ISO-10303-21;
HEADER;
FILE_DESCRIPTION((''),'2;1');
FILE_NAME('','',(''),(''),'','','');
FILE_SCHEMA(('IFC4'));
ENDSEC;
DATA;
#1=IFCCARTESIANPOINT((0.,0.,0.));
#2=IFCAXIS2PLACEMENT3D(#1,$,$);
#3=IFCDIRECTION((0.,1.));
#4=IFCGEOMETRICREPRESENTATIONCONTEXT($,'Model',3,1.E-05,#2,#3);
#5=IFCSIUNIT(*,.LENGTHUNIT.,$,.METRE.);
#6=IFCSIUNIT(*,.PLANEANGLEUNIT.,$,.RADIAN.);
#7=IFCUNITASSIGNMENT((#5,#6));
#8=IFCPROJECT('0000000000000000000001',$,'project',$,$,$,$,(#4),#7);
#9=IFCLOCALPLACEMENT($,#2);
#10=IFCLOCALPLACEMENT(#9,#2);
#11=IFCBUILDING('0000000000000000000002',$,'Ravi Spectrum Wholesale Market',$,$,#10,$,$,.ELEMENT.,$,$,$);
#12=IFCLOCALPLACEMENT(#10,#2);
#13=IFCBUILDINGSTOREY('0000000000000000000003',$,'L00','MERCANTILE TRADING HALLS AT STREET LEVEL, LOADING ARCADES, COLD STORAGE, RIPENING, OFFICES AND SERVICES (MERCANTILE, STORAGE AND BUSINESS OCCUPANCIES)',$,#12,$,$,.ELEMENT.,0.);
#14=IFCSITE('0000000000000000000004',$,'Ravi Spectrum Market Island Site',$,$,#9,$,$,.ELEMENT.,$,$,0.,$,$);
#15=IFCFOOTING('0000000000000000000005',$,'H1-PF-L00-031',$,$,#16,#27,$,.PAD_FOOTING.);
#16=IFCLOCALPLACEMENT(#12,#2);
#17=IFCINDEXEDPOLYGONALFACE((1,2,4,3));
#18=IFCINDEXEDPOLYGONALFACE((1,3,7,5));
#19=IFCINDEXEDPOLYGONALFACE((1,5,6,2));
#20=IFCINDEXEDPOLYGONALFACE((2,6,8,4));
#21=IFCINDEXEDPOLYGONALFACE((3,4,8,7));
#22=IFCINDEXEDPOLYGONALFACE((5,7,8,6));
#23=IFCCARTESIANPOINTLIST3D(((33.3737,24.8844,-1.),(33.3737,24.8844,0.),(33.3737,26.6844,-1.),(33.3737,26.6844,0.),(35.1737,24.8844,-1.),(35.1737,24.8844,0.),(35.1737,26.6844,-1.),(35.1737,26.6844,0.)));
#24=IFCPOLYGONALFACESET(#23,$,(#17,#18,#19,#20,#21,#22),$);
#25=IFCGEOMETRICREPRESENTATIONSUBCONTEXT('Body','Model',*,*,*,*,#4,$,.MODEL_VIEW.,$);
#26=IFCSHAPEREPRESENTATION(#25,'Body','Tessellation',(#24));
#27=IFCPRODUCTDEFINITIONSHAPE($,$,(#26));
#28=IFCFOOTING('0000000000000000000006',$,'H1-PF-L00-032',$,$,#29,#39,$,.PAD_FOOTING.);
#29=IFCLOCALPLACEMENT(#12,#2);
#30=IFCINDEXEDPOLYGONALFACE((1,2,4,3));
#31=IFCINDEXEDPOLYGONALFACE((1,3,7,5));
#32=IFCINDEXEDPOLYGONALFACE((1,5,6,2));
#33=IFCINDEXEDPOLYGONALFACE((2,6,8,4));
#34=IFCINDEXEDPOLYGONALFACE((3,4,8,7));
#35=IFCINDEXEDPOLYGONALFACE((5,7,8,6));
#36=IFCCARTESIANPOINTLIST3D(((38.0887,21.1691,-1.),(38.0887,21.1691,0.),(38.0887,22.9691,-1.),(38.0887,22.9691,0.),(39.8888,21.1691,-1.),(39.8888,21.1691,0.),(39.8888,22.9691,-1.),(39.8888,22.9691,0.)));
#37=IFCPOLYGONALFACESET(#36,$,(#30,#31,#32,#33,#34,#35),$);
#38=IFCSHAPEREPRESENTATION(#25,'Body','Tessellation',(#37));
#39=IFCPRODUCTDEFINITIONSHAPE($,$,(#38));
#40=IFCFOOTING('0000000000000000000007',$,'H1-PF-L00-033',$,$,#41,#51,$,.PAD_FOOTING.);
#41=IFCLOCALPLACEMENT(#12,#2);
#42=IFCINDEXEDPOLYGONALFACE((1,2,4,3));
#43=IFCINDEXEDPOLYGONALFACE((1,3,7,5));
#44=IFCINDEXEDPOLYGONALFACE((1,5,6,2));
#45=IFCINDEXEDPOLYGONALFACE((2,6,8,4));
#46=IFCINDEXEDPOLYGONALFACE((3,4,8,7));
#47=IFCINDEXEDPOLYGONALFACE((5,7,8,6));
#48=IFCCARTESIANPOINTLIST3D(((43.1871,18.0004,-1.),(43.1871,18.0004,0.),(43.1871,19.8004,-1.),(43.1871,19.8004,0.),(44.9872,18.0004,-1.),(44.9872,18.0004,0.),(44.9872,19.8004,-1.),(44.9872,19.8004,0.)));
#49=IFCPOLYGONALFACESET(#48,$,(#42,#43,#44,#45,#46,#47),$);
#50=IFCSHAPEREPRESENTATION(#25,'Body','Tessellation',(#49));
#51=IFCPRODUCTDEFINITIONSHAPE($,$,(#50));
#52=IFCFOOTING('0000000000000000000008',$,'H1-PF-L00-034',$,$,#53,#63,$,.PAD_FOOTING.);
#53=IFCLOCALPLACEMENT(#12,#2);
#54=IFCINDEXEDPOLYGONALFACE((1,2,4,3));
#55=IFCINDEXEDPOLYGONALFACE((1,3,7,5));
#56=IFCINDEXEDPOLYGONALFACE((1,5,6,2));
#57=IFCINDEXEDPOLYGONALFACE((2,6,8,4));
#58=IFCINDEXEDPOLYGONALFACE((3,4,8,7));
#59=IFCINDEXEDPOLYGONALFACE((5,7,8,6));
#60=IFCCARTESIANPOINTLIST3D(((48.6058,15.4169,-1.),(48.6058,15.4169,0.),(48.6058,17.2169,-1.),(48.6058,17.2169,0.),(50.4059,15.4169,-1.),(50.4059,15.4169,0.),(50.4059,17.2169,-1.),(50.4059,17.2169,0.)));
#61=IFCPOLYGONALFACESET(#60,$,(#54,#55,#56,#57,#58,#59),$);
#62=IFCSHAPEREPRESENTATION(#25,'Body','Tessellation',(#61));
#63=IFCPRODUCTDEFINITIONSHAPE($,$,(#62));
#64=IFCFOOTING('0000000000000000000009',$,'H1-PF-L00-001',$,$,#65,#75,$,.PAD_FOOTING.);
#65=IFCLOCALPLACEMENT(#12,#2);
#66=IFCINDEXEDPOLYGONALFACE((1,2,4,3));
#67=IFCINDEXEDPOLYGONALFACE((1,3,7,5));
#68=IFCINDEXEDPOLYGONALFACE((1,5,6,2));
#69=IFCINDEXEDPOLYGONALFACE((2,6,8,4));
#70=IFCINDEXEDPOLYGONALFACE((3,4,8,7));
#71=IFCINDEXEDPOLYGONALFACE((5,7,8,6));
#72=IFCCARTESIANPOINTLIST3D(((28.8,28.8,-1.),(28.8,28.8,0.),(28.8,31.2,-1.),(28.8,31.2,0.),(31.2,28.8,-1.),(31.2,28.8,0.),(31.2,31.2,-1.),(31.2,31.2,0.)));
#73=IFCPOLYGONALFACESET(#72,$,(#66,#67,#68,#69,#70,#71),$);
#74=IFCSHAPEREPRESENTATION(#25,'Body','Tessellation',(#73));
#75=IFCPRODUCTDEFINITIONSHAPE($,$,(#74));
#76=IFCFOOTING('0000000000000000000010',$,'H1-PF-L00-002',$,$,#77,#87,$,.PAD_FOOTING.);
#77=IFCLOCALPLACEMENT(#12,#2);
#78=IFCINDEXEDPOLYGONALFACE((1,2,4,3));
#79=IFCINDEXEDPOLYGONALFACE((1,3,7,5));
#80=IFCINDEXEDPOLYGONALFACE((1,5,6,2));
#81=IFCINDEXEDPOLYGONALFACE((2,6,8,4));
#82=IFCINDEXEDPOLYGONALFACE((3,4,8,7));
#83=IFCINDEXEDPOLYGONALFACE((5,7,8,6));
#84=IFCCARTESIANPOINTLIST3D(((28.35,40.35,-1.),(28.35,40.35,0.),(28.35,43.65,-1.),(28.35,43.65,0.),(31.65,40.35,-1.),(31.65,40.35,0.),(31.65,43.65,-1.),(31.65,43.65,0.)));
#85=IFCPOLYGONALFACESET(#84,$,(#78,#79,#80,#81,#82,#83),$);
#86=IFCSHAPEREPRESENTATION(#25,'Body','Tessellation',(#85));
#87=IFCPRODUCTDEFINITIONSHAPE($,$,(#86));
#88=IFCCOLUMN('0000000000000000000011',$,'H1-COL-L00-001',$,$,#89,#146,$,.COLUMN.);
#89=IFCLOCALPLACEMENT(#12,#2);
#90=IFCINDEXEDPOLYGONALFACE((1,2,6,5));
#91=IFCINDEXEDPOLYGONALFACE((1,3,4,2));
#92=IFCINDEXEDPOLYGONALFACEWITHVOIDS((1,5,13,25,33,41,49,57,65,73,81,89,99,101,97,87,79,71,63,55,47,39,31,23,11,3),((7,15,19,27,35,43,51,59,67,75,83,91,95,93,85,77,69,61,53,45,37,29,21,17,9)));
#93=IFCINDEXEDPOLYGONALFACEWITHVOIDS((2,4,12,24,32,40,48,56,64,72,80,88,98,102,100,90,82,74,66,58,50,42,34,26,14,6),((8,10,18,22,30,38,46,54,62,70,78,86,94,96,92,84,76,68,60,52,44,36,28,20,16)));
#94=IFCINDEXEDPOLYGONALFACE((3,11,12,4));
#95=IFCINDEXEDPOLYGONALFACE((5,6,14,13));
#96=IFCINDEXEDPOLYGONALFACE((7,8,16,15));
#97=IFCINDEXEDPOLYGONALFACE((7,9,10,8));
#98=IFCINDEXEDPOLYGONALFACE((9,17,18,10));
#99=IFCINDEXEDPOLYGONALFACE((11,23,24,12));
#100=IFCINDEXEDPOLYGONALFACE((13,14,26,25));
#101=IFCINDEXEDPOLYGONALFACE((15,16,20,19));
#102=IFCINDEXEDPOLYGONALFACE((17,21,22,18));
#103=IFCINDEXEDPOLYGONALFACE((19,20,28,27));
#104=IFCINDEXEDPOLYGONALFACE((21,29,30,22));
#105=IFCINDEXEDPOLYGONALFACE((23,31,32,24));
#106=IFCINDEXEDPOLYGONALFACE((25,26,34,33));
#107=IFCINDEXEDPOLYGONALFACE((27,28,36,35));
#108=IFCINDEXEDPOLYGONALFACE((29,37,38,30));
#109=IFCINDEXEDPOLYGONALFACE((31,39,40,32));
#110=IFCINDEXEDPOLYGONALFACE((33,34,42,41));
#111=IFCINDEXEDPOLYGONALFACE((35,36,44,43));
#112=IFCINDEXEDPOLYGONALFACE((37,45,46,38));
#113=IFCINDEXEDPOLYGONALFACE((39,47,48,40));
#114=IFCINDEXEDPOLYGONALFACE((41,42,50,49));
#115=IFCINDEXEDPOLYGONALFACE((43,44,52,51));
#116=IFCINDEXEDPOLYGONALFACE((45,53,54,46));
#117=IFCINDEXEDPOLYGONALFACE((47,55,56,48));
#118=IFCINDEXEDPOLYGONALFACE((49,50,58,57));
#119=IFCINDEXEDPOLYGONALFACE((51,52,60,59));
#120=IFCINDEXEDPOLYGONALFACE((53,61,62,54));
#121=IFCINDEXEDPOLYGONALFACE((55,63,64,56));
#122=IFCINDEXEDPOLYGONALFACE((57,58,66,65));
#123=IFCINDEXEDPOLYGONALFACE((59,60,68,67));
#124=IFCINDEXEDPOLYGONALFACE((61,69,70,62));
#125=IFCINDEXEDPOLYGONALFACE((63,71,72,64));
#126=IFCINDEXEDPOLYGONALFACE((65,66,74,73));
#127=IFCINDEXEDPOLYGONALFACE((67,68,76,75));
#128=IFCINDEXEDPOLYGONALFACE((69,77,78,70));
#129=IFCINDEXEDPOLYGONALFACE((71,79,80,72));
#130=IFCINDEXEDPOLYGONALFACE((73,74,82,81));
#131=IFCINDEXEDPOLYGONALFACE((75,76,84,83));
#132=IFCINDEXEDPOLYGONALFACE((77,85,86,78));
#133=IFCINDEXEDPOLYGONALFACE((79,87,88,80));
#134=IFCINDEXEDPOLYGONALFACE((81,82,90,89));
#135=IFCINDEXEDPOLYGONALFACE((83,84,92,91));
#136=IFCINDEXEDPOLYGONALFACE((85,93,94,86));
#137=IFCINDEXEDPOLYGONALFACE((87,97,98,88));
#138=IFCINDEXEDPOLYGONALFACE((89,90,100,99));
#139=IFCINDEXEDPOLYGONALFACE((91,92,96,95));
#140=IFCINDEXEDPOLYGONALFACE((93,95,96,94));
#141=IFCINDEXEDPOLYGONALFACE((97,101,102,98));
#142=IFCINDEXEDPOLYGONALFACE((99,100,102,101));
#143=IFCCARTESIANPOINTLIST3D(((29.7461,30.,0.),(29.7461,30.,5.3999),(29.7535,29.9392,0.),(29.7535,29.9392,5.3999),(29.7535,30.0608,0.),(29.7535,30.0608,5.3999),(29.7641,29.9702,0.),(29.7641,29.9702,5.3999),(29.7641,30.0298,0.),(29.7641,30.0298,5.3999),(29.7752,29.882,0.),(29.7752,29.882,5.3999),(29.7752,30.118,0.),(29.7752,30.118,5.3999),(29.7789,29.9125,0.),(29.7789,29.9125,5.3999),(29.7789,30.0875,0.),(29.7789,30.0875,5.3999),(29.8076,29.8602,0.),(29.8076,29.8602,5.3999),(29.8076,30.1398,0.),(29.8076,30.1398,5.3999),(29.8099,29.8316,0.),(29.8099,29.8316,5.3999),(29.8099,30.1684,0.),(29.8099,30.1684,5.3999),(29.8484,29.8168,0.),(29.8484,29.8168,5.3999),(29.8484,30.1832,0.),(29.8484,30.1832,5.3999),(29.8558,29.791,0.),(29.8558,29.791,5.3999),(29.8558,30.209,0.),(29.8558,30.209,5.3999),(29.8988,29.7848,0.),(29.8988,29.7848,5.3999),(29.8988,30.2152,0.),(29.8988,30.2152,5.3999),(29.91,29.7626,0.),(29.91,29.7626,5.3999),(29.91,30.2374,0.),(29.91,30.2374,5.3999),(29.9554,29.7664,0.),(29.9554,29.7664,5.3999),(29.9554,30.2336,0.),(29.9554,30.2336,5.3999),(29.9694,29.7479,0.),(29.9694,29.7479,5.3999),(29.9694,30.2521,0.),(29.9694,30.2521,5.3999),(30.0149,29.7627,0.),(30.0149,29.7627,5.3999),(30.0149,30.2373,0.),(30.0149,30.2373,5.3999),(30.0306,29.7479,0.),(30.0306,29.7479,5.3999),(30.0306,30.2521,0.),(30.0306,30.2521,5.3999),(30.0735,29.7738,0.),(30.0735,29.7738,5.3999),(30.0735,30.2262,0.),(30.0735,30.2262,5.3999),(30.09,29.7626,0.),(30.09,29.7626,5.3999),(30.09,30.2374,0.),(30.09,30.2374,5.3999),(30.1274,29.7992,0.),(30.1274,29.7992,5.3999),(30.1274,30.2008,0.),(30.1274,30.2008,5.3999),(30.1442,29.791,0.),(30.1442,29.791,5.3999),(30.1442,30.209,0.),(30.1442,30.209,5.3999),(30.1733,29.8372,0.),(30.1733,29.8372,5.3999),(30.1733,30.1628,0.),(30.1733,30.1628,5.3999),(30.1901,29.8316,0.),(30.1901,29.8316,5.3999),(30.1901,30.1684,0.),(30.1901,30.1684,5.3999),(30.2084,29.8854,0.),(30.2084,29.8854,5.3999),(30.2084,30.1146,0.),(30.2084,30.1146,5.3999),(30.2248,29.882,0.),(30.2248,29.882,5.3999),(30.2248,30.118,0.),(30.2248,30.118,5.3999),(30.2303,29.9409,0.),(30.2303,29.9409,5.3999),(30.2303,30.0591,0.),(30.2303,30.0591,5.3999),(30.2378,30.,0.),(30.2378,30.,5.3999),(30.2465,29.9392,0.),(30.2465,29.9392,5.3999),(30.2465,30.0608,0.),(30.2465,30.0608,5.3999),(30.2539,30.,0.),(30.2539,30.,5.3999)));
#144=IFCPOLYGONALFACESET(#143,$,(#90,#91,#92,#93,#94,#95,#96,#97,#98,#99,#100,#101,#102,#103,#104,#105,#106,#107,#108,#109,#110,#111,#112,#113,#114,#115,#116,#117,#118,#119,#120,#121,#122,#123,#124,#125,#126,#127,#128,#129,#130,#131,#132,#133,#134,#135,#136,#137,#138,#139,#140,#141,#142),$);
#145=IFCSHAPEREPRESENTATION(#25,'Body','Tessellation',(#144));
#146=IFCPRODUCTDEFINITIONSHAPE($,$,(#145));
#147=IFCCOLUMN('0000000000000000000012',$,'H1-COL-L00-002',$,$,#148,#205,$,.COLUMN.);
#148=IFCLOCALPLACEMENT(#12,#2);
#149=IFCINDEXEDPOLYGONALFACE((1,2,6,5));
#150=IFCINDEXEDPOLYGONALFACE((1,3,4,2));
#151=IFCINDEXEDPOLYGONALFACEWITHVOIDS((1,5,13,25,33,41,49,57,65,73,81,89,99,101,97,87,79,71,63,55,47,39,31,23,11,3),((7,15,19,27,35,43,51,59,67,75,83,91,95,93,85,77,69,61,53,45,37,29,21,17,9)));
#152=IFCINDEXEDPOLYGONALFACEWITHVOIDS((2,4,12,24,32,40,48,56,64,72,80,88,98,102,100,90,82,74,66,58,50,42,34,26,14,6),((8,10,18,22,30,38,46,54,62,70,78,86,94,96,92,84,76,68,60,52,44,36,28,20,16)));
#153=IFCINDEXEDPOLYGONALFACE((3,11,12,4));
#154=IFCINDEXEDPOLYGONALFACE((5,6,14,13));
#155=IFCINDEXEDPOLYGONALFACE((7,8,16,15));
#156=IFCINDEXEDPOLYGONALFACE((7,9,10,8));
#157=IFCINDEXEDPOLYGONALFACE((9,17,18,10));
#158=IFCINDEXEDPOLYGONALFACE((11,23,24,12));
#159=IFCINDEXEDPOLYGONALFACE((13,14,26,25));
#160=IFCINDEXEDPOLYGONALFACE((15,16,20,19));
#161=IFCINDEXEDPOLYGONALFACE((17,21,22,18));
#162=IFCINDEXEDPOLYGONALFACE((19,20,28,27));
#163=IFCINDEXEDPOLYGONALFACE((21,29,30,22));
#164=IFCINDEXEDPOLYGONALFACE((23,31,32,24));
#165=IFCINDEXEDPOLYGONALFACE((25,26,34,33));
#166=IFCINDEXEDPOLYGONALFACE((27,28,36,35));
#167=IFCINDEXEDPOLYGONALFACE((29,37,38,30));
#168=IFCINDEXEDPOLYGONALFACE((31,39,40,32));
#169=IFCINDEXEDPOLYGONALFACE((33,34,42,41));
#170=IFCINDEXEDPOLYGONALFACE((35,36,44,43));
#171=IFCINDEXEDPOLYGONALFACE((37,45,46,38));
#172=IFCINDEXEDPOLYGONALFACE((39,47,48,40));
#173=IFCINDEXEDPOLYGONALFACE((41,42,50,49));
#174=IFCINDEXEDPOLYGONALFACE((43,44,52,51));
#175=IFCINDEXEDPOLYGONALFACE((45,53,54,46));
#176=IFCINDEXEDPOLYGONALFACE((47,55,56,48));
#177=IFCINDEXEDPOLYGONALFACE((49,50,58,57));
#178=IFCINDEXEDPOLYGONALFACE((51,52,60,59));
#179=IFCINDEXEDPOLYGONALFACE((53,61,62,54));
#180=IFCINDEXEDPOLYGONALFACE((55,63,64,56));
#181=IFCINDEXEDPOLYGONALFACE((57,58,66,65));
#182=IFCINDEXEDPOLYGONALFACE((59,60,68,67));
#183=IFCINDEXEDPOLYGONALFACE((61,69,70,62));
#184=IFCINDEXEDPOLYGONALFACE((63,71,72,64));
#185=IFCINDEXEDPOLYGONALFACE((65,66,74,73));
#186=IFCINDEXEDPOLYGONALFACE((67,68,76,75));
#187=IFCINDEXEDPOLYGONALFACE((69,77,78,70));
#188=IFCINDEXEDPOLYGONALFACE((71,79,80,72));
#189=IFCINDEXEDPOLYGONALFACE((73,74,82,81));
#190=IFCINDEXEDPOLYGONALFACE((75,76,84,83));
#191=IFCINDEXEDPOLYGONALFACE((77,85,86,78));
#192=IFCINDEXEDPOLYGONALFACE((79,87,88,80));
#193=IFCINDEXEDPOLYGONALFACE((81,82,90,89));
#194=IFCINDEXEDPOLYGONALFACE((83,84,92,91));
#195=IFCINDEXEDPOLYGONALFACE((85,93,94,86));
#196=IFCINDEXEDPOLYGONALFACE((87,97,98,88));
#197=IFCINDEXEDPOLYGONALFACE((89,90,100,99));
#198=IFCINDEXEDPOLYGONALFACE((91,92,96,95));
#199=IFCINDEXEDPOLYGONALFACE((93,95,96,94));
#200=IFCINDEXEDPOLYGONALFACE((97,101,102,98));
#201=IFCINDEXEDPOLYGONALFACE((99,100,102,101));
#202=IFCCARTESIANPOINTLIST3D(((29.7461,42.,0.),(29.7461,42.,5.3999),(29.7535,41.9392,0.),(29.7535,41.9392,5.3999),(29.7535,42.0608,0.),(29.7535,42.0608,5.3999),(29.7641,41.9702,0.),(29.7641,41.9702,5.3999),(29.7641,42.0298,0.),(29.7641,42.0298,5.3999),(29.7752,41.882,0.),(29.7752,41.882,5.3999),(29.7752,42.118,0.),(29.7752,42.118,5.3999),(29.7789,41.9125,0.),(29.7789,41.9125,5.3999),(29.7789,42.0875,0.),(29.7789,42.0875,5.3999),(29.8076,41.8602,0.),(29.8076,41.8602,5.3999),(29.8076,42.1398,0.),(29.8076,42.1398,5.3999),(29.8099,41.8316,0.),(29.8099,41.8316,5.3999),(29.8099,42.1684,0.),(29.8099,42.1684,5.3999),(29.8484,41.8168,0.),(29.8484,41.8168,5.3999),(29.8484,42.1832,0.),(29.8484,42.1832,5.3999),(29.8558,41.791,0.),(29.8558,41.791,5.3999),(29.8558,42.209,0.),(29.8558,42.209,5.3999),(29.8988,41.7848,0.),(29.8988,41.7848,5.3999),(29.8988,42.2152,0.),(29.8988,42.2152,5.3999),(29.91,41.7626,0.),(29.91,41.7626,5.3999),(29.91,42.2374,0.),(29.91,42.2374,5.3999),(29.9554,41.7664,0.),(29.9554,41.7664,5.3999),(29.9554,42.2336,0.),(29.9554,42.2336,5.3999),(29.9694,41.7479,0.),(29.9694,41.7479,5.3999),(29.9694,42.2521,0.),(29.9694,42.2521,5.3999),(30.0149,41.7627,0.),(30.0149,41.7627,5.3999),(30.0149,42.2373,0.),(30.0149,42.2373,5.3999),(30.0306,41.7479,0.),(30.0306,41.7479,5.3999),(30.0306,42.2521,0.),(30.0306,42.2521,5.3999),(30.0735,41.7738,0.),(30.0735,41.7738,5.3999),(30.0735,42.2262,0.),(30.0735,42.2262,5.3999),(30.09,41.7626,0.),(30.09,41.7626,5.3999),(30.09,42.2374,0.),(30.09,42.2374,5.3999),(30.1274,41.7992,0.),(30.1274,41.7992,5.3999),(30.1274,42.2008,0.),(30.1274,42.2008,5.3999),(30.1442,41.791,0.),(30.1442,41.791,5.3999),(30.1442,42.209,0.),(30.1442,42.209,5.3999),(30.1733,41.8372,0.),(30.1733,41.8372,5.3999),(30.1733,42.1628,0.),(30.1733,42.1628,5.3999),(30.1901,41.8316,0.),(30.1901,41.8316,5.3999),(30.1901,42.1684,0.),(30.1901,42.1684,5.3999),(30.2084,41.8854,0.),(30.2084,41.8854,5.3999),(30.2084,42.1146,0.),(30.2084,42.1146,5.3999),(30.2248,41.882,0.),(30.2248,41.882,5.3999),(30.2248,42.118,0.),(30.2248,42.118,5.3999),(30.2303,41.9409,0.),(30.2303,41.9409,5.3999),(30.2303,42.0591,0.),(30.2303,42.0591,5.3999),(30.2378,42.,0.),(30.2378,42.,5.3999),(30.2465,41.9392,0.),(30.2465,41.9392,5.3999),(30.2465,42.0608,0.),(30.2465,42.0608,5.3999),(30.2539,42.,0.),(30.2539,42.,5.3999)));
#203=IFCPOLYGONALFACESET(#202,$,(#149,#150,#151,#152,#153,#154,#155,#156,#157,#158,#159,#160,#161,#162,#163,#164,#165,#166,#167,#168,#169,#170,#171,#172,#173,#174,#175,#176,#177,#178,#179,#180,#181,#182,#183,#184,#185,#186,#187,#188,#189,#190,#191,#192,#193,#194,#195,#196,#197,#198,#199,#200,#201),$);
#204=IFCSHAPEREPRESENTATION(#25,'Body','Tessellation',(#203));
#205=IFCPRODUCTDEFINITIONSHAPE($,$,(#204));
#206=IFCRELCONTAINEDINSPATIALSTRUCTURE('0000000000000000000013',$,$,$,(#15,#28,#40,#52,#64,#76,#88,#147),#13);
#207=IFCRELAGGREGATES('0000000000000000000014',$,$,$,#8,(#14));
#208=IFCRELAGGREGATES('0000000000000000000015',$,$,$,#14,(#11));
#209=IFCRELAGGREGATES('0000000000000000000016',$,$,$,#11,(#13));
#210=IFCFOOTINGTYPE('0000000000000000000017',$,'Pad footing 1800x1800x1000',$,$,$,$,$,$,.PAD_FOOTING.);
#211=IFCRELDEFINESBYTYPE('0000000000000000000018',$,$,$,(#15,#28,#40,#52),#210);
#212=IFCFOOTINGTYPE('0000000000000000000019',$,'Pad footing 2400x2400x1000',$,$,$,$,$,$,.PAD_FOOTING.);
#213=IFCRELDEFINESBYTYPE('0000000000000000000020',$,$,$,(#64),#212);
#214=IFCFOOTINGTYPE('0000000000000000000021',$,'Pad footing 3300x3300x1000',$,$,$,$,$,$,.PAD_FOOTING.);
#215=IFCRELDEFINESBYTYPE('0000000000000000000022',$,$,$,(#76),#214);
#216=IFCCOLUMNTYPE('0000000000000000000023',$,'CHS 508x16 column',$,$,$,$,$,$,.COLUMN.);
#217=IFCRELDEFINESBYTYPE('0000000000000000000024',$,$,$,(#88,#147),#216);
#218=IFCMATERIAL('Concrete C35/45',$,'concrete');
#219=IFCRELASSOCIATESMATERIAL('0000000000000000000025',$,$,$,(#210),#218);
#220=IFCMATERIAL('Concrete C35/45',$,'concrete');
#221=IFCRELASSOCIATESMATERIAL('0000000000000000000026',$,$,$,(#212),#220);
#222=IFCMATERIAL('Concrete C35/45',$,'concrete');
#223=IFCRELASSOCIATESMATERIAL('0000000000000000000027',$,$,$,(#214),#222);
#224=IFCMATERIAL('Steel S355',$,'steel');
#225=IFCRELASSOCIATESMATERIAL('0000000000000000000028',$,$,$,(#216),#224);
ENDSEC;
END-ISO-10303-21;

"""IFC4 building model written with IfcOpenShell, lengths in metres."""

from ifc_helpers import new_model, si_unit, direction, frame, origin, origin_2d, place, context, subcontext, project, spatial, rectangle, hollow_circle, extrude, material, material_profile, profile_set, type_object, element, save


model = new_model("IFC4")

# Units and contexts
model_context = context("Model", 3, precision=1e-05, world=origin(), true_north=direction((0.0, 1.0)))
body_context = subcontext(model_context, "Body", "Model", "MODEL_VIEW")
ifc_project = project(units=[si_unit("LENGTHUNIT", "METRE"), si_unit("PLANEANGLEUNIT", "RADIAN")], contexts=[model_context])

# Site, building, storey
site_placement = place(None, origin())
site = spatial("IfcSite", under=ifc_project, at=site_placement, Name="Ravi Spectrum Market Island Site", CompositionType="ELEMENT", RefElevation=0.0)
building_placement = place(site_placement, origin())
building = spatial("IfcBuilding", under=site, at=building_placement, Name="Ravi Spectrum Wholesale Market", CompositionType="ELEMENT")
storey_placement = place(building_placement, origin())
storey = spatial("IfcBuildingStorey", under=building, at=storey_placement, Name="L00", Description="MERCANTILE TRADING HALLS AT STREET LEVEL, LOADING ARCADES, COLD STORAGE, RIPENING, OFFICES AND SERVICES (MERCANTILE, STORAGE AND BUSINESS OCCUPANCIES)", CompositionType="ELEMENT", Elevation=0.0)

# Footings
ifc_material_1 = material(Name="Concrete C35/45", Category="concrete")
footing_type_1 = type_object("IfcFootingType", Name="Pad footing 1800x1800x1000", PredefinedType="PAD_FOOTING", material=ifc_material_1)
for number, where, z_axis, x_axis, name in (
    (1, (34.2737, 25.7844, -1.0), (0.0, 0.0, 1.0), (1.0, 0.0, 0.0), "H1-PF-L00-031"),
    (2, (38.9888, 22.0691, -1.0), (0.0, 0.0, 1.0), (1.0, 0.0, 0.0), "H1-PF-L00-032"),
    (3, (44.0872, 18.9004, -1.0), (0.0, 0.0, 1.0), (1.0, 0.0, 0.0), "H1-PF-L00-033"),
    (4, (49.5059, 16.3169, -1.0), (0.0, 0.0, 1.0), (1.0, 0.0, 0.0), "H1-PF-L00-034"),
):
    element("IfcFooting", number, at=place(storey_placement, frame(where, z_axis=z_axis, x_axis=x_axis)), inside=storey, type_object=footing_type_1, Name=name, PredefinedType="PAD_FOOTING", context=body_context, shape_type="SweptSolid", body=[
        extrude(rectangle(XDim=1.8, YDim=1.8, at=origin_2d()), origin(), (0.0, 0.0, 1.0), 1.0),
    ])
ifc_material_2 = material(Name="Concrete C35/45", Category="concrete")
footing_type_2 = type_object("IfcFootingType", Name="Pad footing 2400x2400x1000", PredefinedType="PAD_FOOTING", material=ifc_material_2)
footing_1_placement = place(storey_placement, frame((30.0, 30.0, -1.0), z_axis=(0.0, 0.0, 1.0), x_axis=(1.0, 0.0, 0.0)))
element("IfcFooting", 5, at=footing_1_placement, inside=storey, type_object=footing_type_2, Name="H1-PF-L00-001", PredefinedType="PAD_FOOTING", context=body_context, shape_type="SweptSolid", body=[
    extrude(rectangle(XDim=2.3999, YDim=2.3999, at=origin_2d()), origin(), (0.0, 0.0, 1.0), 1.0),
])
ifc_material_3 = material(Name="Concrete C35/45", Category="concrete")
footing_type_3 = type_object("IfcFootingType", Name="Pad footing 3300x3300x1000", PredefinedType="PAD_FOOTING", material=ifc_material_3)
footing_2_placement = place(storey_placement, frame((30.0, 42.0, -1.0), z_axis=(0.0, 0.0, 1.0), x_axis=(1.0, 0.0, 0.0)))
element("IfcFooting", 6, at=footing_2_placement, inside=storey, type_object=footing_type_3, Name="H1-PF-L00-002", PredefinedType="PAD_FOOTING", context=body_context, shape_type="SweptSolid", body=[
    extrude(rectangle(XDim=3.3, YDim=3.3, at=origin_2d()), origin(), (0.0, 0.0, 1.0), 1.0),
])

# Columns
ifc_material_4 = material(Name="Steel S355", Category="steel")
ifc_material_profile = material_profile(ifc_material_4, hollow_circle(Radius=0.2539, WallThickness=0.0161, at=origin_2d()))
ifc_profile_set = profile_set([ifc_material_profile], Name="Steel S355")
column_type = type_object("IfcColumnType", Name="CHS 508x16 column", PredefinedType="COLUMN", material=ifc_profile_set)
for number, where, z_axis, x_axis, name in (
    (7, (30.0, 30.0, 0.0), (0.0, 0.0, 1.0), (1.0, 0.0, 0.0), "H1-COL-L00-001"),
    (8, (30.0, 42.0, 0.0), (0.0, 0.0, 1.0), (1.0, 0.0, 0.0), "H1-COL-L00-002"),
):
    element("IfcColumn", number, at=place(storey_placement, frame(where, z_axis=z_axis, x_axis=x_axis)), inside=storey, type_object=column_type, Name=name, PredefinedType="COLUMN", context=body_context, shape_type="SweptSolid", body=[
        extrude(hollow_circle(Radius=0.2539, WallThickness=0.0161, at=origin_2d()), origin(), (0.0, 0.0, 1.0), 5.3999),
    ])

save(model, "model.ifc")
